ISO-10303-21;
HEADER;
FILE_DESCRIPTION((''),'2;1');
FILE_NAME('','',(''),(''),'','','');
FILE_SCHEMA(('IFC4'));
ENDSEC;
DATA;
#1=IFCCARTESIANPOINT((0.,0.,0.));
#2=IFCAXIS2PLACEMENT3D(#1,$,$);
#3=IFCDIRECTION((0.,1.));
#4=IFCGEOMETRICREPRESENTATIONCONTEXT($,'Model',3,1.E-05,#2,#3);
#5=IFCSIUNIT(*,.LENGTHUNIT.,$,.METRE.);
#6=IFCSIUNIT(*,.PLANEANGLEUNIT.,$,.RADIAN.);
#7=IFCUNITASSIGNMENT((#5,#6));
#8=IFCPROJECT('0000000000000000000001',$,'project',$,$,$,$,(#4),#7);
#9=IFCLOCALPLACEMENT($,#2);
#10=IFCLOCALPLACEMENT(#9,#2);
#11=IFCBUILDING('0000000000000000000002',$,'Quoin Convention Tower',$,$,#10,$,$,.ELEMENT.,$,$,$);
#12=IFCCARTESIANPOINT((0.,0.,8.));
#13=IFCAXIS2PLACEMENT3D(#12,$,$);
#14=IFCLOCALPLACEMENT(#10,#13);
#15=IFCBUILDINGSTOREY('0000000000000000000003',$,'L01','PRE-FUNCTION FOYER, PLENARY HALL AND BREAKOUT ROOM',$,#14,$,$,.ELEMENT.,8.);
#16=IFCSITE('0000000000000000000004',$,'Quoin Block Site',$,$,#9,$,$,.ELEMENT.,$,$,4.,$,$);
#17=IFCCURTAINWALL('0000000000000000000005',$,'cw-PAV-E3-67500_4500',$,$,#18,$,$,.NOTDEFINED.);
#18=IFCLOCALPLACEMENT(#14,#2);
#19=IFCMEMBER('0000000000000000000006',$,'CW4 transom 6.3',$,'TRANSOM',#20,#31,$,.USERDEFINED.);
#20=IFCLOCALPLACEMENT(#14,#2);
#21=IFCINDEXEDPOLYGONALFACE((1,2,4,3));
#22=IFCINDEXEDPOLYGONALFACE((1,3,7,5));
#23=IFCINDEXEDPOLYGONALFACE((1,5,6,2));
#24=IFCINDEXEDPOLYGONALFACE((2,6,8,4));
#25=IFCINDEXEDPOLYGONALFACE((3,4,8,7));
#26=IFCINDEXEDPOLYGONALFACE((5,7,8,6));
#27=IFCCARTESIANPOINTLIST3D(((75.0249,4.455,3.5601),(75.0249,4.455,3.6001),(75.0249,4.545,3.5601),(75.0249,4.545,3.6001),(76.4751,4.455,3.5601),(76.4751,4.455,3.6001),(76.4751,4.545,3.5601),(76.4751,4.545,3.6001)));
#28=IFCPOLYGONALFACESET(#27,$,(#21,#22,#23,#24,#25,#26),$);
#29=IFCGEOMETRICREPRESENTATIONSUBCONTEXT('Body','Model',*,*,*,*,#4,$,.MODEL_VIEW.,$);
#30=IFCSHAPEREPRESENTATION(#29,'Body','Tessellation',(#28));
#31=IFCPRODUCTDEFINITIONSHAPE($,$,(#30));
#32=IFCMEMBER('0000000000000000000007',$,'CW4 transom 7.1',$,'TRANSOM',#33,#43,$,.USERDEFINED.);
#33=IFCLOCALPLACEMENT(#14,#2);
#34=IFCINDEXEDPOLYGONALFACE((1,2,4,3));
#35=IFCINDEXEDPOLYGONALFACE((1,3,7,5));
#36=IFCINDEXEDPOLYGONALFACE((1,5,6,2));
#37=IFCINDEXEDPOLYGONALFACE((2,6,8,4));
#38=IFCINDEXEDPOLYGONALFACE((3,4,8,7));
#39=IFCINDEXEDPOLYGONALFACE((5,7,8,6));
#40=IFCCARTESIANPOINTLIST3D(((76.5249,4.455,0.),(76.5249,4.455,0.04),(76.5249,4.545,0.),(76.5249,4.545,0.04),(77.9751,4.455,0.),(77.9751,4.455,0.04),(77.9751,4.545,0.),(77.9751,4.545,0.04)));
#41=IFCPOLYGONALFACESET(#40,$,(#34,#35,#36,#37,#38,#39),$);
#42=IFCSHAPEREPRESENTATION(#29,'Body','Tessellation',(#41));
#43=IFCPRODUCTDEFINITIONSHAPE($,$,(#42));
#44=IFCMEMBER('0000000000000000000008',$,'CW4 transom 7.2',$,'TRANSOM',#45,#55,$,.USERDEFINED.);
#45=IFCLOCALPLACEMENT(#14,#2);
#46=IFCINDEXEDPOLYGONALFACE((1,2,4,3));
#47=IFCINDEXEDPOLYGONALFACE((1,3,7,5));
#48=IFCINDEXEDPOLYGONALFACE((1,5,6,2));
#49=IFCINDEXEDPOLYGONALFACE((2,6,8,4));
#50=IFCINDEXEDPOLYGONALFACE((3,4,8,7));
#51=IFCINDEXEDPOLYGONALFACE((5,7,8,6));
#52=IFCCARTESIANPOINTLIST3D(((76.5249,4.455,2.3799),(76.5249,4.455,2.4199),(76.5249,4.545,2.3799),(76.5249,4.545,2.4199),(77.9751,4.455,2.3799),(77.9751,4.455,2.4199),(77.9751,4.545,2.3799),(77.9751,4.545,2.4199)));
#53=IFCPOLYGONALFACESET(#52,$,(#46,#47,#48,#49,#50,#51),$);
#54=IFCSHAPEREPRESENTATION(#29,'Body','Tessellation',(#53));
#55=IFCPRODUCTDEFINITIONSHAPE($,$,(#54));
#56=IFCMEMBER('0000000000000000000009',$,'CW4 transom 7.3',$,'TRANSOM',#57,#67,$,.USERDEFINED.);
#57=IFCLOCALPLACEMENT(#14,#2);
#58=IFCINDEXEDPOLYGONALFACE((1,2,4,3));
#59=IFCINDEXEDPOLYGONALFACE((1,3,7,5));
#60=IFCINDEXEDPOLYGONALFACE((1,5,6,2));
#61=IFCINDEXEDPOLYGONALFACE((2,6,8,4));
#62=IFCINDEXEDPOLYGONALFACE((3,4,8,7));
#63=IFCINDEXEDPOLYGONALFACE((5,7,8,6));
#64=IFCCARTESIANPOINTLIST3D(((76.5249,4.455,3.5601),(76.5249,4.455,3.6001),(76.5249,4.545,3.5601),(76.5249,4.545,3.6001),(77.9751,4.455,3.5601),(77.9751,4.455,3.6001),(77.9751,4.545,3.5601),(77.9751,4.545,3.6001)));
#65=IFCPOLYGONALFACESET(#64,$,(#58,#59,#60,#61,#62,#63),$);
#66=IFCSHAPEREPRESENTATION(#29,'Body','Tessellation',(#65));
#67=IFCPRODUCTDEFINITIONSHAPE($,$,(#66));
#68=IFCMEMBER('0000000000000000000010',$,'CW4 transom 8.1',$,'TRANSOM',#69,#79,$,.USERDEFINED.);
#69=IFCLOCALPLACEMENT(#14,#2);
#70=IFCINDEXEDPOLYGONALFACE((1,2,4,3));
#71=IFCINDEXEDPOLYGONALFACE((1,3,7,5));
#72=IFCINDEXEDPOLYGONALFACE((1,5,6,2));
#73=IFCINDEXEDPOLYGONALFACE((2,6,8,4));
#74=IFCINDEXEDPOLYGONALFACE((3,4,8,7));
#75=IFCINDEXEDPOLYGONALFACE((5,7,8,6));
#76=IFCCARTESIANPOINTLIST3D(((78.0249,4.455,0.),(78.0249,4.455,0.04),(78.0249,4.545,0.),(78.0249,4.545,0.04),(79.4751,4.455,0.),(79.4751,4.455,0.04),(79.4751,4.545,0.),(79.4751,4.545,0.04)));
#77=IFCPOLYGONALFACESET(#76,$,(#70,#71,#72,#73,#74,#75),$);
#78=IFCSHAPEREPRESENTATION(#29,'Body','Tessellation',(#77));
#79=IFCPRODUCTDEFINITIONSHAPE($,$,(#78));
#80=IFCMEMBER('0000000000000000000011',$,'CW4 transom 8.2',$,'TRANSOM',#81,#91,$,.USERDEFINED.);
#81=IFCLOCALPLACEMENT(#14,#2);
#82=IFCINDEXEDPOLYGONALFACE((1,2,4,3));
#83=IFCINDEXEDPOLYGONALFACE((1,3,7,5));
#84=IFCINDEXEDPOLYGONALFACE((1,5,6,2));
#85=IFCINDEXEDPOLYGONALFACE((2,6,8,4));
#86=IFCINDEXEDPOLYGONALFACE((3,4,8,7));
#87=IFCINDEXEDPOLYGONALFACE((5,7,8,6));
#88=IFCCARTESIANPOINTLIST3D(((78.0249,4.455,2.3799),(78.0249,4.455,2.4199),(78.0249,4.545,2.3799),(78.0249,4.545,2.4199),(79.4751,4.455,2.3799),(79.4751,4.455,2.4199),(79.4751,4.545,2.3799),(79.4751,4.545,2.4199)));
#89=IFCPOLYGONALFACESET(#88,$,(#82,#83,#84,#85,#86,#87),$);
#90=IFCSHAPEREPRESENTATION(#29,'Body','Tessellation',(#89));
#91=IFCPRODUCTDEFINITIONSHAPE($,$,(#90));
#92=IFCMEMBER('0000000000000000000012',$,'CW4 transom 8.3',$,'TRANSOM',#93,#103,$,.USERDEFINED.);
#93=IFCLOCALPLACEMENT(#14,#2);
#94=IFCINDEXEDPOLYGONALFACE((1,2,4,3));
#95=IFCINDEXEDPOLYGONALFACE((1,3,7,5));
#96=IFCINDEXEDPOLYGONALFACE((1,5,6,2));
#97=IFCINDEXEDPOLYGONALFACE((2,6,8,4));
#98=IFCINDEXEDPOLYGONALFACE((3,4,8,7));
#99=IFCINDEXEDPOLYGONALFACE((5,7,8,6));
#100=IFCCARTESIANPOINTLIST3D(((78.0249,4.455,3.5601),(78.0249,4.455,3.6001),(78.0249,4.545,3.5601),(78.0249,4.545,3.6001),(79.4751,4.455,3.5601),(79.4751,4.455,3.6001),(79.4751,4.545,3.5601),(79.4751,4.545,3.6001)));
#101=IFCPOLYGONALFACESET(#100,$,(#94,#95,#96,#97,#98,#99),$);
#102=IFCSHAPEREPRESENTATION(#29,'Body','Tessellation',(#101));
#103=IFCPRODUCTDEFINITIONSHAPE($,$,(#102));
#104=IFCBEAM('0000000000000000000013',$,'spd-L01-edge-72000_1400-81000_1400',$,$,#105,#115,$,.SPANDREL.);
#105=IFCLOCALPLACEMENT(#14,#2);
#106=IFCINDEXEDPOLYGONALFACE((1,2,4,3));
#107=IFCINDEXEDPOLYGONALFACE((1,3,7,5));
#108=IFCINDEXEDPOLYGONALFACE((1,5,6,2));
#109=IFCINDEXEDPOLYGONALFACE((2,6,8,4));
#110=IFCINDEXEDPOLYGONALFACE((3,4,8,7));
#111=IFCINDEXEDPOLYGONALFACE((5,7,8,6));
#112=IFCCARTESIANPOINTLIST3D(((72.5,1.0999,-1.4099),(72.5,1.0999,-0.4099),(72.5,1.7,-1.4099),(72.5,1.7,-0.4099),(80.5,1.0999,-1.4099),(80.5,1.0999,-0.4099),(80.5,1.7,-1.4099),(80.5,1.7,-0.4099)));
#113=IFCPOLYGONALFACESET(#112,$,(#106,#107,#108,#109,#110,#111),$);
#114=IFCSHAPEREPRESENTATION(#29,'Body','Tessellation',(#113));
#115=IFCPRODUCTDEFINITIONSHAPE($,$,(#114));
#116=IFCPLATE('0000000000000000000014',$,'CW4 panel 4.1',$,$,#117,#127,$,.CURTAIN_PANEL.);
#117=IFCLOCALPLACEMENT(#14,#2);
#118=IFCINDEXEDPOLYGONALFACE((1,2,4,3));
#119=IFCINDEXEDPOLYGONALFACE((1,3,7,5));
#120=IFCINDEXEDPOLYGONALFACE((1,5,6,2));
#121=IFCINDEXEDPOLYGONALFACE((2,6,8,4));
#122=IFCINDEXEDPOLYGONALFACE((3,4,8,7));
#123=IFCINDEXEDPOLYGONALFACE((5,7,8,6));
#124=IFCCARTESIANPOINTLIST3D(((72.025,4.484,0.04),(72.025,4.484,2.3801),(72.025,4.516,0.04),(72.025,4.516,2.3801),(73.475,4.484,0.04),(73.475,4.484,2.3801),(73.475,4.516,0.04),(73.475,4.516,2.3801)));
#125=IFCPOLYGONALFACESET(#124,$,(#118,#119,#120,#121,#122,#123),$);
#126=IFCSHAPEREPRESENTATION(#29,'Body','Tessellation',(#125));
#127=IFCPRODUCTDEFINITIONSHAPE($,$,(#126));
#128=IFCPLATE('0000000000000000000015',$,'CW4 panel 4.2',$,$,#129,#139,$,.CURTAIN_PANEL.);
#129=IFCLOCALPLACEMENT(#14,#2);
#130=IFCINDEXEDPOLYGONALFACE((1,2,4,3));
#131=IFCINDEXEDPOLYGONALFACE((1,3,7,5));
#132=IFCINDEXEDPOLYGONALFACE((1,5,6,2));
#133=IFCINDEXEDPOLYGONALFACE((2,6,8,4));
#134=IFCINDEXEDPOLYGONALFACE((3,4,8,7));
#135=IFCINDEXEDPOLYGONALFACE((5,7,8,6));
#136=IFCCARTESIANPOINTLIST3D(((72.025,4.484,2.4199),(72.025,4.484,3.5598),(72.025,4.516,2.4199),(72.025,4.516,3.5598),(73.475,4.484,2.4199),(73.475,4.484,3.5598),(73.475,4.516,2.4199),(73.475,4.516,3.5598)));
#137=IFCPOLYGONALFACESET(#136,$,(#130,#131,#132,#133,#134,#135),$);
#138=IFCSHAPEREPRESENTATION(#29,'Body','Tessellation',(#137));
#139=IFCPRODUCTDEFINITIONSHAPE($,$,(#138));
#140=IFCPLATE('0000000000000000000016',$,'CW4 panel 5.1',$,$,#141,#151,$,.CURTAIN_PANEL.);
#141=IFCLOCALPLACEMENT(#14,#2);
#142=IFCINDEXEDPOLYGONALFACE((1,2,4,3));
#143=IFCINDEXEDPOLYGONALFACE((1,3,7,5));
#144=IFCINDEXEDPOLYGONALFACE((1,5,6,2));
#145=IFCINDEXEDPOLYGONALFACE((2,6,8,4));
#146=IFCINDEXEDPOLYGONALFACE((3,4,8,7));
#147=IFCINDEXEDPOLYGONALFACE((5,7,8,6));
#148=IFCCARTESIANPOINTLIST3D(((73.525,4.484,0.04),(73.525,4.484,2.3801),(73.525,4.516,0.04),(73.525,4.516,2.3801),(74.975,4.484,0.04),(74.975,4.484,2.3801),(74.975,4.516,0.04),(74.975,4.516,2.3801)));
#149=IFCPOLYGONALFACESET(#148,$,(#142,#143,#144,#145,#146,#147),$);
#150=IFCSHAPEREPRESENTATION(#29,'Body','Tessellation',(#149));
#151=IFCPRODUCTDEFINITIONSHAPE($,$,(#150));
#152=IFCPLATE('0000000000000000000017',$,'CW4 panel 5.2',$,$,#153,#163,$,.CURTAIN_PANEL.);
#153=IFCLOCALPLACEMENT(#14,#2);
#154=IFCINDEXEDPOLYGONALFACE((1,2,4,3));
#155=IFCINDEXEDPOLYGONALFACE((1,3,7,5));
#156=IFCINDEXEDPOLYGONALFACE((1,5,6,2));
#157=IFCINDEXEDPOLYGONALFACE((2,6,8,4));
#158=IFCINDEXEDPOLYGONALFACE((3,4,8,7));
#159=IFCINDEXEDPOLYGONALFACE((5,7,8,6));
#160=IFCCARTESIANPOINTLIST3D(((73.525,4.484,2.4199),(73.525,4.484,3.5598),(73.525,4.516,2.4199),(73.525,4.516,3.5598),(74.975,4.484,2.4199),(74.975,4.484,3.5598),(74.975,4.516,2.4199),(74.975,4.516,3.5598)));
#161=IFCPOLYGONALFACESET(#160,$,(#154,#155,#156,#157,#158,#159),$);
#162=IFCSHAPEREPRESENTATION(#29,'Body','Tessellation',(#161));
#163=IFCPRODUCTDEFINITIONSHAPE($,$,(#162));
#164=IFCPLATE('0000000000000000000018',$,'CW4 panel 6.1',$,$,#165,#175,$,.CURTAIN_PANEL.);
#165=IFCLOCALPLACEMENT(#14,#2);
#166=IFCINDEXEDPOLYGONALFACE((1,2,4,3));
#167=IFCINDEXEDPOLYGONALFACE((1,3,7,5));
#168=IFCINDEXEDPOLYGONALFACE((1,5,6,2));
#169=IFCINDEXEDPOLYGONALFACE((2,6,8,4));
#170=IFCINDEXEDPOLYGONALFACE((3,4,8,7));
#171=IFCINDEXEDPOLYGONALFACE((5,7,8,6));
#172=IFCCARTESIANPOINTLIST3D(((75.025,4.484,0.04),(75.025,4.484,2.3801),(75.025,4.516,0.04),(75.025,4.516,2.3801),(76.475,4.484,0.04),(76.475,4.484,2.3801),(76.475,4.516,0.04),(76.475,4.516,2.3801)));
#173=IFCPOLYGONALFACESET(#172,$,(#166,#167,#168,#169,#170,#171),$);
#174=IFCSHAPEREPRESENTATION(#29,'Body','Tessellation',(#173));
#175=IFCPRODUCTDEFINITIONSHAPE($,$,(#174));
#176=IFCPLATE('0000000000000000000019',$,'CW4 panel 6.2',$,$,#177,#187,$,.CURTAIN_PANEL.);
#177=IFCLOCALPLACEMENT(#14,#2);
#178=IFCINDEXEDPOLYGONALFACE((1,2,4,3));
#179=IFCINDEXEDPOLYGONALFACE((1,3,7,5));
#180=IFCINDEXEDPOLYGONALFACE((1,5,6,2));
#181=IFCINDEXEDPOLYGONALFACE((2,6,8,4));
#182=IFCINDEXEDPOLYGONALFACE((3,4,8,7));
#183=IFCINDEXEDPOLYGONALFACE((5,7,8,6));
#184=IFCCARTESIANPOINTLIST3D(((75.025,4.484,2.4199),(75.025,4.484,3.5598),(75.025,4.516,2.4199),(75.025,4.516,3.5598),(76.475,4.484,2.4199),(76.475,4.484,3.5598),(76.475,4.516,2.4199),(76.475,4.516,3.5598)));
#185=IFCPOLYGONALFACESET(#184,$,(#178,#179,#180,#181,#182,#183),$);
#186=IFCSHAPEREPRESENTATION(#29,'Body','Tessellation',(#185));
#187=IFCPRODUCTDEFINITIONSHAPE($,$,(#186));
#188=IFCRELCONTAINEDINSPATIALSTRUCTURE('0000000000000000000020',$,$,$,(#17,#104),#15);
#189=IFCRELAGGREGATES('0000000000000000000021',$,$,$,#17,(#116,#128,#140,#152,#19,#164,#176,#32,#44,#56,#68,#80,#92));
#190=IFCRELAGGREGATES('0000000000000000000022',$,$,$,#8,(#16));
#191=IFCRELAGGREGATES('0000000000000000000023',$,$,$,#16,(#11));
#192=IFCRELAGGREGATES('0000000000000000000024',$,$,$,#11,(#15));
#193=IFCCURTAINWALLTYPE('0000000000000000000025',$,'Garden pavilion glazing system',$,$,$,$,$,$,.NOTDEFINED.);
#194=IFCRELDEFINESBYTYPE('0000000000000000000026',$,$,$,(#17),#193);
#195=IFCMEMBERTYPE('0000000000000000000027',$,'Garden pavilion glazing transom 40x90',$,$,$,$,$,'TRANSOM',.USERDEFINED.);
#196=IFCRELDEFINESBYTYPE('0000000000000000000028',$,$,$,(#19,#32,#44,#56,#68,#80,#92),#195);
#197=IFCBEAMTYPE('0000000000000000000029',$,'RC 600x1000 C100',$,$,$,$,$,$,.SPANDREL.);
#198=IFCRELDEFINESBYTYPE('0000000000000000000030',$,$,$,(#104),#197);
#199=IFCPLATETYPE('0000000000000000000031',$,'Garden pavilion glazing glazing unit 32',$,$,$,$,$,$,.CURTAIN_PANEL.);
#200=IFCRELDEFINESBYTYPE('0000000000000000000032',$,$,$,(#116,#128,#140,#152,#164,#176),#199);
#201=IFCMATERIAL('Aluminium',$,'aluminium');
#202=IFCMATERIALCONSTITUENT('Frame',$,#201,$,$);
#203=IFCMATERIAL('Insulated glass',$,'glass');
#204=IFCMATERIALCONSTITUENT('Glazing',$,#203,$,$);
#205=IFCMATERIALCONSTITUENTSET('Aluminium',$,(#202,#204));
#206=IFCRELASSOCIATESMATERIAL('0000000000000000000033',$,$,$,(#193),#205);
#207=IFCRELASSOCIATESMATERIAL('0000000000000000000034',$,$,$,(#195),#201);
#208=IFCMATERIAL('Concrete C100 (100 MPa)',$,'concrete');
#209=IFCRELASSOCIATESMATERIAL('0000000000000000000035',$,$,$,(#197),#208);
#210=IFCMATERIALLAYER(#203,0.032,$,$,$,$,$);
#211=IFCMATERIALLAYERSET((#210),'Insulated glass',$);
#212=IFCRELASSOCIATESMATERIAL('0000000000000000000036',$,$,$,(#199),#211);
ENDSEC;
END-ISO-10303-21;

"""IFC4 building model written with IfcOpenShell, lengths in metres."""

from ifc_helpers import new_model, si_unit, direction, frame, origin, origin_2d, place, context, subcontext, project, spatial, rectangle, extrude, material, layer, layer_set, constituent, constituent_set, material_profile, profile_set, type_object, element, aggregate, save


model = new_model("IFC4")

# Units and contexts
model_context = context("Model", 3, precision=1e-05, world=origin(), true_north=direction((0.0, 1.0)))
body_context = subcontext(model_context, "Body", "Model", "MODEL_VIEW")
ifc_project = project(units=[si_unit("LENGTHUNIT", "METRE"), si_unit("PLANEANGLEUNIT", "RADIAN")], contexts=[model_context])

# Site, building, storey
site_placement = place(None, origin())
site = spatial("IfcSite", under=ifc_project, at=site_placement, Name="Quoin Block Site", CompositionType="ELEMENT", RefElevation=4.0)
building_placement = place(site_placement, origin())
building = spatial("IfcBuilding", under=site, at=building_placement, Name="Quoin Convention Tower", CompositionType="ELEMENT")
storey_placement = place(building_placement, frame((0.0, 0.0, 8.0)))
storey = spatial("IfcBuildingStorey", under=building, at=storey_placement, Name="L01", Description="PRE-FUNCTION FOYER, PLENARY HALL AND BREAKOUT ROOM", CompositionType="ELEMENT", Elevation=8.0)

# Curtain wall, members
ifc_material_1 = material(Name="Aluminium", Category="aluminium")
ifc_constituent_1 = constituent(ifc_material_1, Name="Frame")
ifc_material_2 = material(Name="Insulated glass", Category="glass")
ifc_constituent_2 = constituent(ifc_material_2, Name="Glazing")
ifc_constituent_set = constituent_set(constituents=[ifc_constituent_1, ifc_constituent_2], Name="Aluminium")
curtain_wall_type = type_object("IfcCurtainWallType", Name="Garden pavilion glazing system", PredefinedType="NOTDEFINED", material=ifc_constituent_set)
curtain_wall_placement = place(storey_placement, origin())
curtain_wall = element("IfcCurtainWall", 1, at=curtain_wall_placement, inside=storey, type_object=curtain_wall_type, Name="cw-PAV-E3-67500_4500", PredefinedType="NOTDEFINED")
ifc_material_profile_1 = material_profile(ifc_material_1, rectangle(XDim=0.0901, YDim=0.04, at=origin_2d()), Name="Garden pavilion glazing transom 40x90")
ifc_profile_set_1 = profile_set([ifc_material_profile_1], Name="Aluminium")
member_type_1 = type_object("IfcMemberType", Name="Garden pavilion glazing transom 40x90", ElementType="TRANSOM", PredefinedType="USERDEFINED", material=ifc_profile_set_1)
member_1_placement = place(storey_placement, frame((75.0249, 4.5, 3.5801), z_axis=(1.0, 0.0, 0.0), x_axis=(0.0, 1.0, 0.0)))
member_1 = element("IfcMember", 2, at=member_1_placement, type_object=member_type_1, Name="CW4 transom 6.3", ObjectType="TRANSOM", PredefinedType="USERDEFINED", context=body_context, shape_type="SweptSolid", body=[
    extrude(rectangle(XDim=0.0901, YDim=0.04, at=origin_2d()), origin(), (0.0, 0.0, 1.0), 1.4502),
])
member_2_placement = place(storey_placement, frame((76.5249, 4.5, 0.02), z_axis=(1.0, 0.0, 0.0), x_axis=(0.0, 1.0, 0.0)))
member_2 = element("IfcMember", 3, at=member_2_placement, type_object=member_type_1, Name="CW4 transom 7.1", ObjectType="TRANSOM", PredefinedType="USERDEFINED", context=body_context, shape_type="SweptSolid", body=[
    extrude(rectangle(XDim=0.0901, YDim=0.04, at=origin_2d()), origin(), (0.0, 0.0, 1.0), 1.4502),
])
member_3_placement = place(storey_placement, frame((76.5249, 4.5, 2.3999), z_axis=(1.0, 0.0, 0.0), x_axis=(0.0, 1.0, 0.0)))
member_3 = element("IfcMember", 4, at=member_3_placement, type_object=member_type_1, Name="CW4 transom 7.2", ObjectType="TRANSOM", PredefinedType="USERDEFINED", context=body_context, shape_type="SweptSolid", body=[
    extrude(rectangle(XDim=0.0901, YDim=0.04, at=origin_2d()), origin(), (0.0, 0.0, 1.0), 1.4502),
])
member_4_placement = place(storey_placement, frame((76.5249, 4.5, 3.5801), z_axis=(1.0, 0.0, 0.0), x_axis=(0.0, 1.0, 0.0)))
member_4 = element("IfcMember", 5, at=member_4_placement, type_object=member_type_1, Name="CW4 transom 7.3", ObjectType="TRANSOM", PredefinedType="USERDEFINED", context=body_context, shape_type="SweptSolid", body=[
    extrude(rectangle(XDim=0.0901, YDim=0.04, at=origin_2d()), origin(), (0.0, 0.0, 1.0), 1.4502),
])
member_5_placement = place(storey_placement, frame((78.0249, 4.5, 0.02), z_axis=(1.0, 0.0, 0.0), x_axis=(0.0, 1.0, 0.0)))
member_5 = element("IfcMember", 6, at=member_5_placement, type_object=member_type_1, Name="CW4 transom 8.1", ObjectType="TRANSOM", PredefinedType="USERDEFINED", context=body_context, shape_type="SweptSolid", body=[
    extrude(rectangle(XDim=0.0901, YDim=0.04, at=origin_2d()), origin(), (0.0, 0.0, 1.0), 1.4502),
])
member_6_placement = place(storey_placement, frame((78.0249, 4.5, 2.3999), z_axis=(1.0, 0.0, 0.0), x_axis=(0.0, 1.0, 0.0)))
member_6 = element("IfcMember", 7, at=member_6_placement, type_object=member_type_1, Name="CW4 transom 8.2", ObjectType="TRANSOM", PredefinedType="USERDEFINED", context=body_context, shape_type="SweptSolid", body=[
    extrude(rectangle(XDim=0.0901, YDim=0.04, at=origin_2d()), origin(), (0.0, 0.0, 1.0), 1.4502),
])
member_7_placement = place(storey_placement, frame((78.0249, 4.5, 3.5801), z_axis=(1.0, 0.0, 0.0), x_axis=(0.0, 1.0, 0.0)))
member_7 = element("IfcMember", 8, at=member_7_placement, type_object=member_type_1, Name="CW4 transom 8.3", ObjectType="TRANSOM", PredefinedType="USERDEFINED", context=body_context, shape_type="SweptSolid", body=[
    extrude(rectangle(XDim=0.0901, YDim=0.04, at=origin_2d()), origin(), (0.0, 0.0, 1.0), 1.4502),
])

# Beam
ifc_material_3 = material(Name="Concrete C100 (100 MPa)", Category="concrete")
ifc_material_profile_2 = material_profile(ifc_material_3, rectangle(XDim=0.6001, YDim=1.0, at=origin_2d()), Name="RC 600x1000")
ifc_profile_set_2 = profile_set([ifc_material_profile_2], Name="Concrete C100 (100 MPa)")
beam_type_1 = type_object("IfcBeamType", Name="RC 600x1000 C100", PredefinedType="SPANDREL", material=ifc_profile_set_2)
beam_1_placement = place(storey_placement, frame((72.5, 1.3999, -0.9099), z_axis=(1.0, 0.0, 0.0), x_axis=(0.0, 1.0, 0.0)))
element("IfcBeam", 9, at=beam_1_placement, inside=storey, type_object=beam_type_1, Name="spd-L01-edge-72000_1400-81000_1400", PredefinedType="SPANDREL", context=body_context, shape_type="SweptSolid", body=[
    extrude(rectangle(XDim=0.6001, YDim=1.0, at=origin_2d()), origin(), (0.0, 0.0, 1.0), 8.0),
])

# Plates
ifc_layer = layer(ifc_material_2, 0.032)
ifc_layer_set = layer_set([ifc_layer], Name="Insulated glass")
plate_type = type_object("IfcPlateType", Name="Garden pavilion glazing glazing unit 32", PredefinedType="CURTAIN_PANEL", material=ifc_layer_set)
plate_1_placement = place(storey_placement, frame((72.75, 4.5, 0.04), z_axis=(0.0, 0.0, 1.0), x_axis=(1.0, 0.0, 0.0)))
plate_1 = element("IfcPlate", 10, at=plate_1_placement, type_object=plate_type, Name="CW4 panel 4.1", PredefinedType="CURTAIN_PANEL", context=body_context, shape_type="SweptSolid", body=[
    extrude(rectangle(XDim=1.45, YDim=0.032, at=origin_2d()), origin(), (0.0, 0.0, 1.0), 2.3401),
])
plate_2_placement = place(storey_placement, frame((72.75, 4.5, 2.4199), z_axis=(0.0, 0.0, 1.0), x_axis=(1.0, 0.0, 0.0)))
plate_2 = element("IfcPlate", 11, at=plate_2_placement, type_object=plate_type, Name="CW4 panel 4.2", PredefinedType="CURTAIN_PANEL", context=body_context, shape_type="SweptSolid", body=[
    extrude(rectangle(XDim=1.45, YDim=0.032, at=origin_2d()), origin(), (0.0, 0.0, 1.0), 1.1399),
])
plate_3_placement = place(storey_placement, frame((74.25, 4.5, 0.04), z_axis=(0.0, 0.0, 1.0), x_axis=(1.0, 0.0, 0.0)))
plate_3 = element("IfcPlate", 12, at=plate_3_placement, type_object=plate_type, Name="CW4 panel 5.1", PredefinedType="CURTAIN_PANEL", context=body_context, shape_type="SweptSolid", body=[
    extrude(rectangle(XDim=1.45, YDim=0.032, at=origin_2d()), origin(), (0.0, 0.0, 1.0), 2.3401),
])
plate_4_placement = place(storey_placement, frame((74.25, 4.5, 2.4199), z_axis=(0.0, 0.0, 1.0), x_axis=(1.0, 0.0, 0.0)))
plate_4 = element("IfcPlate", 13, at=plate_4_placement, type_object=plate_type, Name="CW4 panel 5.2", PredefinedType="CURTAIN_PANEL", context=body_context, shape_type="SweptSolid", body=[
    extrude(rectangle(XDim=1.45, YDim=0.032, at=origin_2d()), origin(), (0.0, 0.0, 1.0), 1.1399),
])
plate_5_placement = place(storey_placement, frame((75.75, 4.5, 0.04), z_axis=(0.0, 0.0, 1.0), x_axis=(1.0, 0.0, 0.0)))
plate_5 = element("IfcPlate", 14, at=plate_5_placement, type_object=plate_type, Name="CW4 panel 6.1", PredefinedType="CURTAIN_PANEL", context=body_context, shape_type="SweptSolid", body=[
    extrude(rectangle(XDim=1.45, YDim=0.032, at=origin_2d()), origin(), (0.0, 0.0, 1.0), 2.3401),
])
plate_6_placement = place(storey_placement, frame((75.75, 4.5, 2.4199), z_axis=(0.0, 0.0, 1.0), x_axis=(1.0, 0.0, 0.0)))
plate_6 = element("IfcPlate", 15, at=plate_6_placement, type_object=plate_type, Name="CW4 panel 6.2", PredefinedType="CURTAIN_PANEL", context=body_context, shape_type="SweptSolid", body=[
    extrude(rectangle(XDim=1.45, YDim=0.032, at=origin_2d()), origin(), (0.0, 0.0, 1.0), 1.1399),
])
aggregate(curtain_wall, [plate_1, plate_2, plate_3, plate_4, member_1, plate_5, plate_6, member_2, member_3, member_4, member_5, member_6, member_7])

save(model, "model.ifc")
